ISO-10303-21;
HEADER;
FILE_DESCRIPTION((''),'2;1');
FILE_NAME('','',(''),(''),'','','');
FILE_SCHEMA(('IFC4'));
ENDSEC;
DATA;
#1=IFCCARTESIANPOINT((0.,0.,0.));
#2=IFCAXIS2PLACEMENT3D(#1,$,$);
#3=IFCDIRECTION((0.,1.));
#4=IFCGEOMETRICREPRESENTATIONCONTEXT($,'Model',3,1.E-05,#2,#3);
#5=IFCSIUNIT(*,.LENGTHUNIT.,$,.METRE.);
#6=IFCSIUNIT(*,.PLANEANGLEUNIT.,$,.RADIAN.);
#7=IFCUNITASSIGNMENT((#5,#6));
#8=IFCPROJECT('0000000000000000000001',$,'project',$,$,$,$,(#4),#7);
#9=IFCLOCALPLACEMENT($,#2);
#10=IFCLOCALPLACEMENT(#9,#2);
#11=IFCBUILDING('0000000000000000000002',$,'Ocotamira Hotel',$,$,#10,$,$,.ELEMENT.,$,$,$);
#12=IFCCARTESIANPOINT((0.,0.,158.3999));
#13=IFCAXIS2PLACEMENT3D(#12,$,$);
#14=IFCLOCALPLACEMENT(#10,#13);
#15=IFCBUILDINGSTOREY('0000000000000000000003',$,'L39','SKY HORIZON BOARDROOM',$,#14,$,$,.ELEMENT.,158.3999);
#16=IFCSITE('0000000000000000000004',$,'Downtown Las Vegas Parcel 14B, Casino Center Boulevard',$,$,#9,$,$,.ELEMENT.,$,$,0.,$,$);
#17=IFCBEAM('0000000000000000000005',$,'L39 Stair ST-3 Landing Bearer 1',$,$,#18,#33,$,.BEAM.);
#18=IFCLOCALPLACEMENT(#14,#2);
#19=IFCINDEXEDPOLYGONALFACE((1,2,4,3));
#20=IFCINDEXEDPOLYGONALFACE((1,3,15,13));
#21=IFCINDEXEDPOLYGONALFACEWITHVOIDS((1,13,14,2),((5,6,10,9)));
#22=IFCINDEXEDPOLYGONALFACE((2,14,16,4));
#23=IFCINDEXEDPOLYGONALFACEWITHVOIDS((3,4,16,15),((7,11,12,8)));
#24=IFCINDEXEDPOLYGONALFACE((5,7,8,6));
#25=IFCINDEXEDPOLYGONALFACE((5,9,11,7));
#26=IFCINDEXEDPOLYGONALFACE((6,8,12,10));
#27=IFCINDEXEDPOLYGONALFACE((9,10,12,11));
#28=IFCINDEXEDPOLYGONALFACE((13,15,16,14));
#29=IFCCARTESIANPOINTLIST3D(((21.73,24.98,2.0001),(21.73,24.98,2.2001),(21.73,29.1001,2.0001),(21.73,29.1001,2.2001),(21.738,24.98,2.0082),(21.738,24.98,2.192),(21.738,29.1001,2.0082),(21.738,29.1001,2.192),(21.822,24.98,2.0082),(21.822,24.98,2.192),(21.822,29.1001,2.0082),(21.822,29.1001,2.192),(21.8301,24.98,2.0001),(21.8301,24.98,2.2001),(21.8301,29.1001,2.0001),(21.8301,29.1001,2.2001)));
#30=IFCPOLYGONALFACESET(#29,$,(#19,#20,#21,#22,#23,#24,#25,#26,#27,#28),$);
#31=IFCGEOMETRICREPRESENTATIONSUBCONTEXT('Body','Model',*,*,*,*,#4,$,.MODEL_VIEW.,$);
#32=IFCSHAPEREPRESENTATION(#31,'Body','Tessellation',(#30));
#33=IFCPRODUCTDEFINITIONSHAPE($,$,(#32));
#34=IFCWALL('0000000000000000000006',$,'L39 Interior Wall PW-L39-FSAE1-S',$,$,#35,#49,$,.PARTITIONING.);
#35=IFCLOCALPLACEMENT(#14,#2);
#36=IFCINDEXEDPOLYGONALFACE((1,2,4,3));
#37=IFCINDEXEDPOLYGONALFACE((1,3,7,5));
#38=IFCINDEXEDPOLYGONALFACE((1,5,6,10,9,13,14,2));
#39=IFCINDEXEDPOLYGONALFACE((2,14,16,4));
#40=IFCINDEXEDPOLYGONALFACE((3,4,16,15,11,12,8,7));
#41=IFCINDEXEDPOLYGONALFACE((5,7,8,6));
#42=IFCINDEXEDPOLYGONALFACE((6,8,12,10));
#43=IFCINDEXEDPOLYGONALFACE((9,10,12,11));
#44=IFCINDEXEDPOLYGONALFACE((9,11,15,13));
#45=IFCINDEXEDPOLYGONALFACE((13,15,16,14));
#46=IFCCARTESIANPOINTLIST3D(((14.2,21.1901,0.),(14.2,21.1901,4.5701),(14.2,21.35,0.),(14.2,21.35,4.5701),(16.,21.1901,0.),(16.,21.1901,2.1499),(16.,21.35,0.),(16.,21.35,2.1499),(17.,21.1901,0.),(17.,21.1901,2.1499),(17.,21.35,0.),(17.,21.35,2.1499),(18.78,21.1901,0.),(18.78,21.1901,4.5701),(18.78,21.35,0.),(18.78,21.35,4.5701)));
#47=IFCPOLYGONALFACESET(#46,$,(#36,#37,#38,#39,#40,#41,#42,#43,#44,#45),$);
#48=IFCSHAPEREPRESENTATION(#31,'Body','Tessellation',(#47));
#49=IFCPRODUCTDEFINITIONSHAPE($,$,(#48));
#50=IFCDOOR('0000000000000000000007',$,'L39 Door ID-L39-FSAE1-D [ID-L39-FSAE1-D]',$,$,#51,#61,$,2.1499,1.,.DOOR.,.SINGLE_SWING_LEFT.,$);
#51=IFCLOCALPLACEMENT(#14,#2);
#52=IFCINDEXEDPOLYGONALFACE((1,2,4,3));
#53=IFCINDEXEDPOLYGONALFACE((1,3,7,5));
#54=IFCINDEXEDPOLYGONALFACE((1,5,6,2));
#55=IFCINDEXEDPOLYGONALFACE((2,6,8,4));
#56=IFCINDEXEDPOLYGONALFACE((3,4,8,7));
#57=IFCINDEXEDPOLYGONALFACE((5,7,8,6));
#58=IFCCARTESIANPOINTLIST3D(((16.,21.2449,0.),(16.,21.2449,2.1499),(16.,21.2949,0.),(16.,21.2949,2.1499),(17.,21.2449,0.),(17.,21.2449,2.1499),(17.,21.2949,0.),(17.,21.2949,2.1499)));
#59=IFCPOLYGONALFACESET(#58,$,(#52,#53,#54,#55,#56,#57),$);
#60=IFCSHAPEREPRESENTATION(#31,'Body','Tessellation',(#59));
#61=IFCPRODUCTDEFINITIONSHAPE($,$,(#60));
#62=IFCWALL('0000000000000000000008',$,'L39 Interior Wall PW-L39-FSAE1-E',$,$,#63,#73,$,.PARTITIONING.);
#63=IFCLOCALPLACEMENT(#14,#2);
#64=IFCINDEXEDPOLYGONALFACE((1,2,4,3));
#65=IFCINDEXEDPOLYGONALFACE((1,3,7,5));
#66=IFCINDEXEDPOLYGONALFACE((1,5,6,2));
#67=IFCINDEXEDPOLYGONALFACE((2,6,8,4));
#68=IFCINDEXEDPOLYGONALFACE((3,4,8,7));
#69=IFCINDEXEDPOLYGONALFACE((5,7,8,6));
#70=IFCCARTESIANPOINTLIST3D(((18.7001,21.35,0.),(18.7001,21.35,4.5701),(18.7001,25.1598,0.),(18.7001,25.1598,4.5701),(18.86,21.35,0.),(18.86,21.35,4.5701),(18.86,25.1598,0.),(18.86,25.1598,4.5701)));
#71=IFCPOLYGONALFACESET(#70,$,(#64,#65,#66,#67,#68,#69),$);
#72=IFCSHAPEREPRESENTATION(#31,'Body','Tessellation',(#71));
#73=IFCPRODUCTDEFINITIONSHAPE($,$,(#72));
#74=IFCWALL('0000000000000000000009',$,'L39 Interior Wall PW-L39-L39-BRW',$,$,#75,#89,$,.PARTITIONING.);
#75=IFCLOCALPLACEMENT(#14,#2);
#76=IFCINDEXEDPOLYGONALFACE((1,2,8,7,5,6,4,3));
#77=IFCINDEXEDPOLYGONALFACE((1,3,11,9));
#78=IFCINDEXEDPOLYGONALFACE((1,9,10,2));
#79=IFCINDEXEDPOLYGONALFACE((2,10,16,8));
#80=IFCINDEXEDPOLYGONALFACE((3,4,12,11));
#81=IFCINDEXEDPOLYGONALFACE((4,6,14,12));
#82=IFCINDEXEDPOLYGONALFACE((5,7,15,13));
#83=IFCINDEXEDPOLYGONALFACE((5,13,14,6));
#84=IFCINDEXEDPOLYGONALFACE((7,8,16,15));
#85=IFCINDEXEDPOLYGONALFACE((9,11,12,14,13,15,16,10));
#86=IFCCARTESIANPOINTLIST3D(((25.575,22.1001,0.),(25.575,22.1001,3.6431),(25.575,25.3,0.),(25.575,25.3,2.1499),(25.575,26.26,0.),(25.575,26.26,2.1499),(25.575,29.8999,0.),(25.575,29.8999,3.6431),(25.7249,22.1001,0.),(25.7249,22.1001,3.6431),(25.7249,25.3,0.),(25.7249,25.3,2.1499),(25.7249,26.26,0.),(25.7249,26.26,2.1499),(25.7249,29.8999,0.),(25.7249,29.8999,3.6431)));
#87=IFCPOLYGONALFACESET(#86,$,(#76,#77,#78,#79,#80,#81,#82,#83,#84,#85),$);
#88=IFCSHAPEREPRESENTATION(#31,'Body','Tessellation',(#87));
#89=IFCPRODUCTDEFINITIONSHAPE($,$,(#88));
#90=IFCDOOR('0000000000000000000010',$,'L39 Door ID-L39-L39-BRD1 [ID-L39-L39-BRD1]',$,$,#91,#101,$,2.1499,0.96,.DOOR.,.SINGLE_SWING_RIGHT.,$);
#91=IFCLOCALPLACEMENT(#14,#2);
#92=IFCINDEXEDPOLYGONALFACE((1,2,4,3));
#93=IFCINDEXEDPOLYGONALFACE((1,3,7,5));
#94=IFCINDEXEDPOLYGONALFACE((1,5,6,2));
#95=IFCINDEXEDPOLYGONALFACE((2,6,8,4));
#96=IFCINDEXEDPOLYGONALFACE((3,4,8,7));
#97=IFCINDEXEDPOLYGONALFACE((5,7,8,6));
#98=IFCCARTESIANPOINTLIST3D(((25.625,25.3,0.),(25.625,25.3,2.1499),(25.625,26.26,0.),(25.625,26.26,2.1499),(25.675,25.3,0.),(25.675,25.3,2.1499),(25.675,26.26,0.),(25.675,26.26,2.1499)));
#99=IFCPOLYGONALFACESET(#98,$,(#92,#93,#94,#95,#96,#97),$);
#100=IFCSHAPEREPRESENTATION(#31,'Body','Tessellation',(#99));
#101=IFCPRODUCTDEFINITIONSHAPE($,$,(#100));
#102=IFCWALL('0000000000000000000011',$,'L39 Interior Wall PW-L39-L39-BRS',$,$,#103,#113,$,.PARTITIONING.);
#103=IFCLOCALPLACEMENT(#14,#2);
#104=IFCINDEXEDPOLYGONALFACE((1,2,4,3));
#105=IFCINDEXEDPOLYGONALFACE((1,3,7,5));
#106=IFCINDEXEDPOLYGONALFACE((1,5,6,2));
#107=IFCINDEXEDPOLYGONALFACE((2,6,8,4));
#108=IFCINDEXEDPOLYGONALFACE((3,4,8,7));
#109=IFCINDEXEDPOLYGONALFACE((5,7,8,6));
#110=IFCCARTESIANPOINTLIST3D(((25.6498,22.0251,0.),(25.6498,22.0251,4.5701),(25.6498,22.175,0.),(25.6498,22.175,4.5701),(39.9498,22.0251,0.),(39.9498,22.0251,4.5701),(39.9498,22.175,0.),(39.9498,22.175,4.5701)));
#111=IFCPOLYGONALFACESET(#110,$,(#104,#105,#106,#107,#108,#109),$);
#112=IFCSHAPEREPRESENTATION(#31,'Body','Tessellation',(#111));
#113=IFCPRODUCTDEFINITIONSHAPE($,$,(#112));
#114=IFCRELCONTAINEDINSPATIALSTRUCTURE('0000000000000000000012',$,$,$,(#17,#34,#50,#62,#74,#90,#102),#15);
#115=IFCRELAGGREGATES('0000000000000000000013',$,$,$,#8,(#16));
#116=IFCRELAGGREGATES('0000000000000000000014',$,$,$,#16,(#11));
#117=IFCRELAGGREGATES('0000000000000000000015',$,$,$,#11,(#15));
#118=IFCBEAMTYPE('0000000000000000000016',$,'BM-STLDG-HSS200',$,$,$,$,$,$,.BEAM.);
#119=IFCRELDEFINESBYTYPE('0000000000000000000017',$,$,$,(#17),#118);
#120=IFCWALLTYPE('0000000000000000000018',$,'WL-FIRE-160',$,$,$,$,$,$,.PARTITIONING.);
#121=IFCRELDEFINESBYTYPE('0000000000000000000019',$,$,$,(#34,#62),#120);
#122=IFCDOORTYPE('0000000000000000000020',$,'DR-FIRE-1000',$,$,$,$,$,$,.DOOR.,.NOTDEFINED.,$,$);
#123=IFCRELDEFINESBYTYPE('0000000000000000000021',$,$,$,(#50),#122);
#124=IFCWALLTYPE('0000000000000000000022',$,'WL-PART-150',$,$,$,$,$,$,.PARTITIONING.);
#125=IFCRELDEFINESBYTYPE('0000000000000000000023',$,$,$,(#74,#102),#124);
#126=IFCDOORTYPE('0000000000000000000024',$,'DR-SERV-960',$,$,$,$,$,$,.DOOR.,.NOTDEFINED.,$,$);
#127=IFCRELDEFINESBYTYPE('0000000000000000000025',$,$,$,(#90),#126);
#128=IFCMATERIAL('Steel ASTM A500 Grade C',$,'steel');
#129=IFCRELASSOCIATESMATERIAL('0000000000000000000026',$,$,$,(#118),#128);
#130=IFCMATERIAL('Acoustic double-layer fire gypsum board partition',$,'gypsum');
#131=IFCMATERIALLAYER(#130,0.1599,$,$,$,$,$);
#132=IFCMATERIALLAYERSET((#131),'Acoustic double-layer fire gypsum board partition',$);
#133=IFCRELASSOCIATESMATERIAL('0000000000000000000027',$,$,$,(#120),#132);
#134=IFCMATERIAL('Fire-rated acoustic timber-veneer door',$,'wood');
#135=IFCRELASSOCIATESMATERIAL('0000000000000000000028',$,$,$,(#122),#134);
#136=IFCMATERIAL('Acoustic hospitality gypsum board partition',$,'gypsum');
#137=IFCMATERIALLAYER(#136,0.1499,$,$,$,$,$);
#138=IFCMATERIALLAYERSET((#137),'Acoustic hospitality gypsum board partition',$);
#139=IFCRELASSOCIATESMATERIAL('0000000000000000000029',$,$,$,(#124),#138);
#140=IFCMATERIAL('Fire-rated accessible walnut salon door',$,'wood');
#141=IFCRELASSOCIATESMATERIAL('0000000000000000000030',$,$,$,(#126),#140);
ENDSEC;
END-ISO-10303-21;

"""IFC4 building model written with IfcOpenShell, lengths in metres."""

from ifc_helpers import new_model, si_unit, direction, frame, frame_2d, origin, origin_2d, place, context, subcontext, project, spatial, rectangle, hollow_rectangle, extrude, source, transform, mapped, material, layer, layer_set, material_profile, profile_set, type_object, element, fill, save


model = new_model("IFC4")

# Units and contexts
model_context = context("Model", 3, precision=1e-05, world=origin(), true_north=direction((0.0, 1.0)))
body_context = subcontext(model_context, "Body", "Model", "MODEL_VIEW")
ifc_project = project(units=[si_unit("LENGTHUNIT", "METRE"), si_unit("PLANEANGLEUNIT", "RADIAN")], contexts=[model_context])

# Site, building, storey
site_placement = place(None, origin())
site = spatial("IfcSite", under=ifc_project, at=site_placement, Name="Downtown Las Vegas Parcel 14B, Casino Center Boulevard", CompositionType="ELEMENT", RefElevation=0.0)
building_placement = place(site_placement, origin())
building = spatial("IfcBuilding", under=site, at=building_placement, Name="Ocotamira Hotel", CompositionType="ELEMENT")
storey_placement = place(building_placement, frame((0.0, 0.0, 158.3999)))
storey = spatial("IfcBuildingStorey", under=building, at=storey_placement, Name="L39", Description="SKY HORIZON BOARDROOM", CompositionType="ELEMENT", Elevation=158.3999)

# Beam
ifc_material_1 = material(Name="Steel ASTM A500 Grade C", Category="steel")
ifc_material_profile = material_profile(ifc_material_1, hollow_rectangle(XDim=0.1001, YDim=0.2, WallThickness=0.0081, at=origin_2d()), Name="HSS200X100X8")
ifc_profile_set = profile_set([ifc_material_profile], Name="Steel ASTM A500 Grade C")
beam_type = type_object("IfcBeamType", Name="BM-STLDG-HSS200", PredefinedType="BEAM", material=ifc_profile_set)
shared_shape_1 = source(origin(), body_context, "Body", "SweptSolid", [
    extrude(hollow_rectangle(XDim=0.1001, YDim=0.2, WallThickness=0.0081, at=origin_2d()), origin(), (0.0, 0.0, 1.0), 4.1201),
])
beam_placement = place(storey_placement, frame((21.78, 24.98, 2.1001), z_axis=(0.0, 1.0, 0.0), x_axis=(-1.0, 0.0, 0.0)))
element("IfcBeam", 1, at=beam_placement, inside=storey, type_object=beam_type, Name="L39 Stair ST-3 Landing Bearer 1", PredefinedType="BEAM", context=body_context, shape_type="MappedRepresentation", body=[
    mapped(shared_shape_1, transform((0.0, 0.0, 0.0), scale=1.0)),
])

# Wall, opening, door
ifc_material_2 = material(Name="Acoustic double-layer fire gypsum board partition", Category="gypsum")
ifc_layer_1 = layer(ifc_material_2, 0.1599)
ifc_layer_set_1 = layer_set([ifc_layer_1], Name="Acoustic double-layer fire gypsum board partition")
wall_type_1 = type_object("IfcWallType", Name="WL-FIRE-160", PredefinedType="PARTITIONING", material=ifc_layer_set_1)
wall_1_placement = place(storey_placement, frame((14.2, 21.27, 0.0), z_axis=(0.0, 0.0, 1.0), x_axis=(1.0, 0.0, 0.0)))
wall_1 = element("IfcWall", 2, at=wall_1_placement, inside=storey, type_object=wall_type_1, Name="L39 Interior Wall PW-L39-FSAE1-S", PredefinedType="PARTITIONING", context=body_context, shape_type="SweptSolid", body=[
    extrude(rectangle(XDim=4.5801, YDim=0.1599, at=frame_2d((2.29, 0.0))), origin(), (0.0, 0.0, 1.0), 4.5701),
])
opening_1_placement = place(wall_1_placement, frame((1.8, 0.0, 0.0)))
opening_1 = element("IfcOpeningElement", 3, at=opening_1_placement, cuts=wall_1, PredefinedType="OPENING", context=body_context, shape_type="SweptSolid", body=[
    extrude(rectangle(XDim=1.0, YDim=2.1499, at=frame_2d((0.5, 1.075))), frame((0.0, 0.0898, 0.0), z_axis=(0.0, -1.0, 0.0), x_axis=(1.0, 0.0, 0.0)), (0.0, 0.0, 1.0), 0.1799),
])
ifc_material_3 = material(Name="Fire-rated acoustic timber-veneer door", Category="wood")
door_type_1 = type_object("IfcDoorType", Name="DR-FIRE-1000", OperationType="NOTDEFINED", PredefinedType="DOOR", material=ifc_material_3)
shared_shape_2 = source(origin(), body_context, "Body", "SweptSolid", [
    extrude(rectangle(XDim=1.0, YDim=2.1499, at=frame_2d((0.5, 1.075))), frame((0.0, 0.0249, 0.0), z_axis=(0.0, -1.0, 0.0), x_axis=(1.0, 0.0, 0.0)), (0.0, 0.0, 1.0), 0.05),
])
door_1_placement = place(opening_1_placement, origin())
door_1 = element("IfcDoor", 4, at=door_1_placement, inside=storey, type_object=door_type_1, Name="L39 Door ID-L39-FSAE1-D [ID-L39-FSAE1-D]", OperationType="SINGLE_SWING_LEFT", OverallHeight=2.1499, OverallWidth=1.0, PredefinedType="DOOR", context=body_context, shape_type="MappedRepresentation", body=[
    mapped(shared_shape_2, transform((0.0, 0.0, 0.0), scale=1.0)),
])
fill(opening_1, door_1)

# Wall
wall_2_placement = place(storey_placement, frame((18.78, 21.3501, 0.0), z_axis=(0.0, 0.0, 1.0), x_axis=(0.0, 1.0, 0.0)))
element("IfcWall", 5, at=wall_2_placement, inside=storey, type_object=wall_type_1, Name="L39 Interior Wall PW-L39-FSAE1-E", PredefinedType="PARTITIONING", context=body_context, shape_type="SweptSolid", body=[
    extrude(rectangle(XDim=3.8098, YDim=0.1599, at=frame_2d((1.9048, 0.0))), origin(), (0.0, 0.0, 1.0), 4.5701),
])

# Wall, opening, door
ifc_material_4 = material(Name="Acoustic hospitality gypsum board partition", Category="gypsum")
ifc_layer_2 = layer(ifc_material_4, 0.1499)
ifc_layer_set_2 = layer_set([ifc_layer_2], Name="Acoustic hospitality gypsum board partition")
wall_type_2 = type_object("IfcWallType", Name="WL-PART-150", PredefinedType="PARTITIONING", material=ifc_layer_set_2)
wall_3_placement = place(storey_placement, frame((25.6499, 22.1001, 0.0), z_axis=(0.0, 0.0, 1.0), x_axis=(0.0, 1.0, 0.0)))
wall_3 = element("IfcWall", 6, at=wall_3_placement, inside=storey, type_object=wall_type_2, Name="L39 Interior Wall PW-L39-L39-BRW", PredefinedType="PARTITIONING", context=body_context, shape_type="SweptSolid", body=[
    extrude(rectangle(XDim=7.7998, YDim=0.1499, at=frame_2d((3.8999, 0.0))), origin(), (0.0, 0.0, 1.0), 3.6431),
])
opening_2_placement = place(wall_3_placement, frame((3.2, 0.0, 0.0)))
opening_2 = element("IfcOpeningElement", 7, at=opening_2_placement, cuts=wall_3, PredefinedType="OPENING", context=body_context, shape_type="SweptSolid", body=[
    extrude(rectangle(XDim=0.96, YDim=2.1499, at=frame_2d((0.48, 1.075))), frame((0.0, 0.085, 0.0), z_axis=(0.0, -1.0, 0.0), x_axis=(1.0, 0.0, 0.0)), (0.0, 0.0, 1.0), 0.1699),
])
ifc_material_5 = material(Name="Fire-rated accessible walnut salon door", Category="wood")
door_type_2 = type_object("IfcDoorType", Name="DR-SERV-960", OperationType="NOTDEFINED", PredefinedType="DOOR", material=ifc_material_5)
shared_shape_3 = source(origin(), body_context, "Body", "SweptSolid", [
    extrude(rectangle(XDim=0.96, YDim=2.1499, at=frame_2d((0.48, 1.075))), frame((0.0, 0.0249, 0.0), z_axis=(0.0, -1.0, 0.0), x_axis=(1.0, 0.0, 0.0)), (0.0, 0.0, 1.0), 0.05),
])
door_2_placement = place(opening_2_placement, origin())
door_2 = element("IfcDoor", 8, at=door_2_placement, inside=storey, type_object=door_type_2, Name="L39 Door ID-L39-L39-BRD1 [ID-L39-L39-BRD1]", OperationType="SINGLE_SWING_RIGHT", OverallHeight=2.1499, OverallWidth=0.96, PredefinedType="DOOR", context=body_context, shape_type="MappedRepresentation", body=[
    mapped(shared_shape_3, transform((0.0, 0.0, 0.0), scale=1.0)),
])
fill(opening_2, door_2)

# Wall
wall_4_placement = place(storey_placement, frame((25.6499, 22.1001, 0.0), z_axis=(0.0, 0.0, 1.0), x_axis=(1.0, 0.0, 0.0)))
element("IfcWall", 9, at=wall_4_placement, inside=storey, type_object=wall_type_2, Name="L39 Interior Wall PW-L39-L39-BRS", PredefinedType="PARTITIONING", context=body_context, shape_type="SweptSolid", body=[
    extrude(rectangle(XDim=14.3, YDim=0.1499, at=frame_2d((7.1499, 0.0))), origin(), (0.0, 0.0, 1.0), 4.5701),
])

save(model, "model.ifc")
